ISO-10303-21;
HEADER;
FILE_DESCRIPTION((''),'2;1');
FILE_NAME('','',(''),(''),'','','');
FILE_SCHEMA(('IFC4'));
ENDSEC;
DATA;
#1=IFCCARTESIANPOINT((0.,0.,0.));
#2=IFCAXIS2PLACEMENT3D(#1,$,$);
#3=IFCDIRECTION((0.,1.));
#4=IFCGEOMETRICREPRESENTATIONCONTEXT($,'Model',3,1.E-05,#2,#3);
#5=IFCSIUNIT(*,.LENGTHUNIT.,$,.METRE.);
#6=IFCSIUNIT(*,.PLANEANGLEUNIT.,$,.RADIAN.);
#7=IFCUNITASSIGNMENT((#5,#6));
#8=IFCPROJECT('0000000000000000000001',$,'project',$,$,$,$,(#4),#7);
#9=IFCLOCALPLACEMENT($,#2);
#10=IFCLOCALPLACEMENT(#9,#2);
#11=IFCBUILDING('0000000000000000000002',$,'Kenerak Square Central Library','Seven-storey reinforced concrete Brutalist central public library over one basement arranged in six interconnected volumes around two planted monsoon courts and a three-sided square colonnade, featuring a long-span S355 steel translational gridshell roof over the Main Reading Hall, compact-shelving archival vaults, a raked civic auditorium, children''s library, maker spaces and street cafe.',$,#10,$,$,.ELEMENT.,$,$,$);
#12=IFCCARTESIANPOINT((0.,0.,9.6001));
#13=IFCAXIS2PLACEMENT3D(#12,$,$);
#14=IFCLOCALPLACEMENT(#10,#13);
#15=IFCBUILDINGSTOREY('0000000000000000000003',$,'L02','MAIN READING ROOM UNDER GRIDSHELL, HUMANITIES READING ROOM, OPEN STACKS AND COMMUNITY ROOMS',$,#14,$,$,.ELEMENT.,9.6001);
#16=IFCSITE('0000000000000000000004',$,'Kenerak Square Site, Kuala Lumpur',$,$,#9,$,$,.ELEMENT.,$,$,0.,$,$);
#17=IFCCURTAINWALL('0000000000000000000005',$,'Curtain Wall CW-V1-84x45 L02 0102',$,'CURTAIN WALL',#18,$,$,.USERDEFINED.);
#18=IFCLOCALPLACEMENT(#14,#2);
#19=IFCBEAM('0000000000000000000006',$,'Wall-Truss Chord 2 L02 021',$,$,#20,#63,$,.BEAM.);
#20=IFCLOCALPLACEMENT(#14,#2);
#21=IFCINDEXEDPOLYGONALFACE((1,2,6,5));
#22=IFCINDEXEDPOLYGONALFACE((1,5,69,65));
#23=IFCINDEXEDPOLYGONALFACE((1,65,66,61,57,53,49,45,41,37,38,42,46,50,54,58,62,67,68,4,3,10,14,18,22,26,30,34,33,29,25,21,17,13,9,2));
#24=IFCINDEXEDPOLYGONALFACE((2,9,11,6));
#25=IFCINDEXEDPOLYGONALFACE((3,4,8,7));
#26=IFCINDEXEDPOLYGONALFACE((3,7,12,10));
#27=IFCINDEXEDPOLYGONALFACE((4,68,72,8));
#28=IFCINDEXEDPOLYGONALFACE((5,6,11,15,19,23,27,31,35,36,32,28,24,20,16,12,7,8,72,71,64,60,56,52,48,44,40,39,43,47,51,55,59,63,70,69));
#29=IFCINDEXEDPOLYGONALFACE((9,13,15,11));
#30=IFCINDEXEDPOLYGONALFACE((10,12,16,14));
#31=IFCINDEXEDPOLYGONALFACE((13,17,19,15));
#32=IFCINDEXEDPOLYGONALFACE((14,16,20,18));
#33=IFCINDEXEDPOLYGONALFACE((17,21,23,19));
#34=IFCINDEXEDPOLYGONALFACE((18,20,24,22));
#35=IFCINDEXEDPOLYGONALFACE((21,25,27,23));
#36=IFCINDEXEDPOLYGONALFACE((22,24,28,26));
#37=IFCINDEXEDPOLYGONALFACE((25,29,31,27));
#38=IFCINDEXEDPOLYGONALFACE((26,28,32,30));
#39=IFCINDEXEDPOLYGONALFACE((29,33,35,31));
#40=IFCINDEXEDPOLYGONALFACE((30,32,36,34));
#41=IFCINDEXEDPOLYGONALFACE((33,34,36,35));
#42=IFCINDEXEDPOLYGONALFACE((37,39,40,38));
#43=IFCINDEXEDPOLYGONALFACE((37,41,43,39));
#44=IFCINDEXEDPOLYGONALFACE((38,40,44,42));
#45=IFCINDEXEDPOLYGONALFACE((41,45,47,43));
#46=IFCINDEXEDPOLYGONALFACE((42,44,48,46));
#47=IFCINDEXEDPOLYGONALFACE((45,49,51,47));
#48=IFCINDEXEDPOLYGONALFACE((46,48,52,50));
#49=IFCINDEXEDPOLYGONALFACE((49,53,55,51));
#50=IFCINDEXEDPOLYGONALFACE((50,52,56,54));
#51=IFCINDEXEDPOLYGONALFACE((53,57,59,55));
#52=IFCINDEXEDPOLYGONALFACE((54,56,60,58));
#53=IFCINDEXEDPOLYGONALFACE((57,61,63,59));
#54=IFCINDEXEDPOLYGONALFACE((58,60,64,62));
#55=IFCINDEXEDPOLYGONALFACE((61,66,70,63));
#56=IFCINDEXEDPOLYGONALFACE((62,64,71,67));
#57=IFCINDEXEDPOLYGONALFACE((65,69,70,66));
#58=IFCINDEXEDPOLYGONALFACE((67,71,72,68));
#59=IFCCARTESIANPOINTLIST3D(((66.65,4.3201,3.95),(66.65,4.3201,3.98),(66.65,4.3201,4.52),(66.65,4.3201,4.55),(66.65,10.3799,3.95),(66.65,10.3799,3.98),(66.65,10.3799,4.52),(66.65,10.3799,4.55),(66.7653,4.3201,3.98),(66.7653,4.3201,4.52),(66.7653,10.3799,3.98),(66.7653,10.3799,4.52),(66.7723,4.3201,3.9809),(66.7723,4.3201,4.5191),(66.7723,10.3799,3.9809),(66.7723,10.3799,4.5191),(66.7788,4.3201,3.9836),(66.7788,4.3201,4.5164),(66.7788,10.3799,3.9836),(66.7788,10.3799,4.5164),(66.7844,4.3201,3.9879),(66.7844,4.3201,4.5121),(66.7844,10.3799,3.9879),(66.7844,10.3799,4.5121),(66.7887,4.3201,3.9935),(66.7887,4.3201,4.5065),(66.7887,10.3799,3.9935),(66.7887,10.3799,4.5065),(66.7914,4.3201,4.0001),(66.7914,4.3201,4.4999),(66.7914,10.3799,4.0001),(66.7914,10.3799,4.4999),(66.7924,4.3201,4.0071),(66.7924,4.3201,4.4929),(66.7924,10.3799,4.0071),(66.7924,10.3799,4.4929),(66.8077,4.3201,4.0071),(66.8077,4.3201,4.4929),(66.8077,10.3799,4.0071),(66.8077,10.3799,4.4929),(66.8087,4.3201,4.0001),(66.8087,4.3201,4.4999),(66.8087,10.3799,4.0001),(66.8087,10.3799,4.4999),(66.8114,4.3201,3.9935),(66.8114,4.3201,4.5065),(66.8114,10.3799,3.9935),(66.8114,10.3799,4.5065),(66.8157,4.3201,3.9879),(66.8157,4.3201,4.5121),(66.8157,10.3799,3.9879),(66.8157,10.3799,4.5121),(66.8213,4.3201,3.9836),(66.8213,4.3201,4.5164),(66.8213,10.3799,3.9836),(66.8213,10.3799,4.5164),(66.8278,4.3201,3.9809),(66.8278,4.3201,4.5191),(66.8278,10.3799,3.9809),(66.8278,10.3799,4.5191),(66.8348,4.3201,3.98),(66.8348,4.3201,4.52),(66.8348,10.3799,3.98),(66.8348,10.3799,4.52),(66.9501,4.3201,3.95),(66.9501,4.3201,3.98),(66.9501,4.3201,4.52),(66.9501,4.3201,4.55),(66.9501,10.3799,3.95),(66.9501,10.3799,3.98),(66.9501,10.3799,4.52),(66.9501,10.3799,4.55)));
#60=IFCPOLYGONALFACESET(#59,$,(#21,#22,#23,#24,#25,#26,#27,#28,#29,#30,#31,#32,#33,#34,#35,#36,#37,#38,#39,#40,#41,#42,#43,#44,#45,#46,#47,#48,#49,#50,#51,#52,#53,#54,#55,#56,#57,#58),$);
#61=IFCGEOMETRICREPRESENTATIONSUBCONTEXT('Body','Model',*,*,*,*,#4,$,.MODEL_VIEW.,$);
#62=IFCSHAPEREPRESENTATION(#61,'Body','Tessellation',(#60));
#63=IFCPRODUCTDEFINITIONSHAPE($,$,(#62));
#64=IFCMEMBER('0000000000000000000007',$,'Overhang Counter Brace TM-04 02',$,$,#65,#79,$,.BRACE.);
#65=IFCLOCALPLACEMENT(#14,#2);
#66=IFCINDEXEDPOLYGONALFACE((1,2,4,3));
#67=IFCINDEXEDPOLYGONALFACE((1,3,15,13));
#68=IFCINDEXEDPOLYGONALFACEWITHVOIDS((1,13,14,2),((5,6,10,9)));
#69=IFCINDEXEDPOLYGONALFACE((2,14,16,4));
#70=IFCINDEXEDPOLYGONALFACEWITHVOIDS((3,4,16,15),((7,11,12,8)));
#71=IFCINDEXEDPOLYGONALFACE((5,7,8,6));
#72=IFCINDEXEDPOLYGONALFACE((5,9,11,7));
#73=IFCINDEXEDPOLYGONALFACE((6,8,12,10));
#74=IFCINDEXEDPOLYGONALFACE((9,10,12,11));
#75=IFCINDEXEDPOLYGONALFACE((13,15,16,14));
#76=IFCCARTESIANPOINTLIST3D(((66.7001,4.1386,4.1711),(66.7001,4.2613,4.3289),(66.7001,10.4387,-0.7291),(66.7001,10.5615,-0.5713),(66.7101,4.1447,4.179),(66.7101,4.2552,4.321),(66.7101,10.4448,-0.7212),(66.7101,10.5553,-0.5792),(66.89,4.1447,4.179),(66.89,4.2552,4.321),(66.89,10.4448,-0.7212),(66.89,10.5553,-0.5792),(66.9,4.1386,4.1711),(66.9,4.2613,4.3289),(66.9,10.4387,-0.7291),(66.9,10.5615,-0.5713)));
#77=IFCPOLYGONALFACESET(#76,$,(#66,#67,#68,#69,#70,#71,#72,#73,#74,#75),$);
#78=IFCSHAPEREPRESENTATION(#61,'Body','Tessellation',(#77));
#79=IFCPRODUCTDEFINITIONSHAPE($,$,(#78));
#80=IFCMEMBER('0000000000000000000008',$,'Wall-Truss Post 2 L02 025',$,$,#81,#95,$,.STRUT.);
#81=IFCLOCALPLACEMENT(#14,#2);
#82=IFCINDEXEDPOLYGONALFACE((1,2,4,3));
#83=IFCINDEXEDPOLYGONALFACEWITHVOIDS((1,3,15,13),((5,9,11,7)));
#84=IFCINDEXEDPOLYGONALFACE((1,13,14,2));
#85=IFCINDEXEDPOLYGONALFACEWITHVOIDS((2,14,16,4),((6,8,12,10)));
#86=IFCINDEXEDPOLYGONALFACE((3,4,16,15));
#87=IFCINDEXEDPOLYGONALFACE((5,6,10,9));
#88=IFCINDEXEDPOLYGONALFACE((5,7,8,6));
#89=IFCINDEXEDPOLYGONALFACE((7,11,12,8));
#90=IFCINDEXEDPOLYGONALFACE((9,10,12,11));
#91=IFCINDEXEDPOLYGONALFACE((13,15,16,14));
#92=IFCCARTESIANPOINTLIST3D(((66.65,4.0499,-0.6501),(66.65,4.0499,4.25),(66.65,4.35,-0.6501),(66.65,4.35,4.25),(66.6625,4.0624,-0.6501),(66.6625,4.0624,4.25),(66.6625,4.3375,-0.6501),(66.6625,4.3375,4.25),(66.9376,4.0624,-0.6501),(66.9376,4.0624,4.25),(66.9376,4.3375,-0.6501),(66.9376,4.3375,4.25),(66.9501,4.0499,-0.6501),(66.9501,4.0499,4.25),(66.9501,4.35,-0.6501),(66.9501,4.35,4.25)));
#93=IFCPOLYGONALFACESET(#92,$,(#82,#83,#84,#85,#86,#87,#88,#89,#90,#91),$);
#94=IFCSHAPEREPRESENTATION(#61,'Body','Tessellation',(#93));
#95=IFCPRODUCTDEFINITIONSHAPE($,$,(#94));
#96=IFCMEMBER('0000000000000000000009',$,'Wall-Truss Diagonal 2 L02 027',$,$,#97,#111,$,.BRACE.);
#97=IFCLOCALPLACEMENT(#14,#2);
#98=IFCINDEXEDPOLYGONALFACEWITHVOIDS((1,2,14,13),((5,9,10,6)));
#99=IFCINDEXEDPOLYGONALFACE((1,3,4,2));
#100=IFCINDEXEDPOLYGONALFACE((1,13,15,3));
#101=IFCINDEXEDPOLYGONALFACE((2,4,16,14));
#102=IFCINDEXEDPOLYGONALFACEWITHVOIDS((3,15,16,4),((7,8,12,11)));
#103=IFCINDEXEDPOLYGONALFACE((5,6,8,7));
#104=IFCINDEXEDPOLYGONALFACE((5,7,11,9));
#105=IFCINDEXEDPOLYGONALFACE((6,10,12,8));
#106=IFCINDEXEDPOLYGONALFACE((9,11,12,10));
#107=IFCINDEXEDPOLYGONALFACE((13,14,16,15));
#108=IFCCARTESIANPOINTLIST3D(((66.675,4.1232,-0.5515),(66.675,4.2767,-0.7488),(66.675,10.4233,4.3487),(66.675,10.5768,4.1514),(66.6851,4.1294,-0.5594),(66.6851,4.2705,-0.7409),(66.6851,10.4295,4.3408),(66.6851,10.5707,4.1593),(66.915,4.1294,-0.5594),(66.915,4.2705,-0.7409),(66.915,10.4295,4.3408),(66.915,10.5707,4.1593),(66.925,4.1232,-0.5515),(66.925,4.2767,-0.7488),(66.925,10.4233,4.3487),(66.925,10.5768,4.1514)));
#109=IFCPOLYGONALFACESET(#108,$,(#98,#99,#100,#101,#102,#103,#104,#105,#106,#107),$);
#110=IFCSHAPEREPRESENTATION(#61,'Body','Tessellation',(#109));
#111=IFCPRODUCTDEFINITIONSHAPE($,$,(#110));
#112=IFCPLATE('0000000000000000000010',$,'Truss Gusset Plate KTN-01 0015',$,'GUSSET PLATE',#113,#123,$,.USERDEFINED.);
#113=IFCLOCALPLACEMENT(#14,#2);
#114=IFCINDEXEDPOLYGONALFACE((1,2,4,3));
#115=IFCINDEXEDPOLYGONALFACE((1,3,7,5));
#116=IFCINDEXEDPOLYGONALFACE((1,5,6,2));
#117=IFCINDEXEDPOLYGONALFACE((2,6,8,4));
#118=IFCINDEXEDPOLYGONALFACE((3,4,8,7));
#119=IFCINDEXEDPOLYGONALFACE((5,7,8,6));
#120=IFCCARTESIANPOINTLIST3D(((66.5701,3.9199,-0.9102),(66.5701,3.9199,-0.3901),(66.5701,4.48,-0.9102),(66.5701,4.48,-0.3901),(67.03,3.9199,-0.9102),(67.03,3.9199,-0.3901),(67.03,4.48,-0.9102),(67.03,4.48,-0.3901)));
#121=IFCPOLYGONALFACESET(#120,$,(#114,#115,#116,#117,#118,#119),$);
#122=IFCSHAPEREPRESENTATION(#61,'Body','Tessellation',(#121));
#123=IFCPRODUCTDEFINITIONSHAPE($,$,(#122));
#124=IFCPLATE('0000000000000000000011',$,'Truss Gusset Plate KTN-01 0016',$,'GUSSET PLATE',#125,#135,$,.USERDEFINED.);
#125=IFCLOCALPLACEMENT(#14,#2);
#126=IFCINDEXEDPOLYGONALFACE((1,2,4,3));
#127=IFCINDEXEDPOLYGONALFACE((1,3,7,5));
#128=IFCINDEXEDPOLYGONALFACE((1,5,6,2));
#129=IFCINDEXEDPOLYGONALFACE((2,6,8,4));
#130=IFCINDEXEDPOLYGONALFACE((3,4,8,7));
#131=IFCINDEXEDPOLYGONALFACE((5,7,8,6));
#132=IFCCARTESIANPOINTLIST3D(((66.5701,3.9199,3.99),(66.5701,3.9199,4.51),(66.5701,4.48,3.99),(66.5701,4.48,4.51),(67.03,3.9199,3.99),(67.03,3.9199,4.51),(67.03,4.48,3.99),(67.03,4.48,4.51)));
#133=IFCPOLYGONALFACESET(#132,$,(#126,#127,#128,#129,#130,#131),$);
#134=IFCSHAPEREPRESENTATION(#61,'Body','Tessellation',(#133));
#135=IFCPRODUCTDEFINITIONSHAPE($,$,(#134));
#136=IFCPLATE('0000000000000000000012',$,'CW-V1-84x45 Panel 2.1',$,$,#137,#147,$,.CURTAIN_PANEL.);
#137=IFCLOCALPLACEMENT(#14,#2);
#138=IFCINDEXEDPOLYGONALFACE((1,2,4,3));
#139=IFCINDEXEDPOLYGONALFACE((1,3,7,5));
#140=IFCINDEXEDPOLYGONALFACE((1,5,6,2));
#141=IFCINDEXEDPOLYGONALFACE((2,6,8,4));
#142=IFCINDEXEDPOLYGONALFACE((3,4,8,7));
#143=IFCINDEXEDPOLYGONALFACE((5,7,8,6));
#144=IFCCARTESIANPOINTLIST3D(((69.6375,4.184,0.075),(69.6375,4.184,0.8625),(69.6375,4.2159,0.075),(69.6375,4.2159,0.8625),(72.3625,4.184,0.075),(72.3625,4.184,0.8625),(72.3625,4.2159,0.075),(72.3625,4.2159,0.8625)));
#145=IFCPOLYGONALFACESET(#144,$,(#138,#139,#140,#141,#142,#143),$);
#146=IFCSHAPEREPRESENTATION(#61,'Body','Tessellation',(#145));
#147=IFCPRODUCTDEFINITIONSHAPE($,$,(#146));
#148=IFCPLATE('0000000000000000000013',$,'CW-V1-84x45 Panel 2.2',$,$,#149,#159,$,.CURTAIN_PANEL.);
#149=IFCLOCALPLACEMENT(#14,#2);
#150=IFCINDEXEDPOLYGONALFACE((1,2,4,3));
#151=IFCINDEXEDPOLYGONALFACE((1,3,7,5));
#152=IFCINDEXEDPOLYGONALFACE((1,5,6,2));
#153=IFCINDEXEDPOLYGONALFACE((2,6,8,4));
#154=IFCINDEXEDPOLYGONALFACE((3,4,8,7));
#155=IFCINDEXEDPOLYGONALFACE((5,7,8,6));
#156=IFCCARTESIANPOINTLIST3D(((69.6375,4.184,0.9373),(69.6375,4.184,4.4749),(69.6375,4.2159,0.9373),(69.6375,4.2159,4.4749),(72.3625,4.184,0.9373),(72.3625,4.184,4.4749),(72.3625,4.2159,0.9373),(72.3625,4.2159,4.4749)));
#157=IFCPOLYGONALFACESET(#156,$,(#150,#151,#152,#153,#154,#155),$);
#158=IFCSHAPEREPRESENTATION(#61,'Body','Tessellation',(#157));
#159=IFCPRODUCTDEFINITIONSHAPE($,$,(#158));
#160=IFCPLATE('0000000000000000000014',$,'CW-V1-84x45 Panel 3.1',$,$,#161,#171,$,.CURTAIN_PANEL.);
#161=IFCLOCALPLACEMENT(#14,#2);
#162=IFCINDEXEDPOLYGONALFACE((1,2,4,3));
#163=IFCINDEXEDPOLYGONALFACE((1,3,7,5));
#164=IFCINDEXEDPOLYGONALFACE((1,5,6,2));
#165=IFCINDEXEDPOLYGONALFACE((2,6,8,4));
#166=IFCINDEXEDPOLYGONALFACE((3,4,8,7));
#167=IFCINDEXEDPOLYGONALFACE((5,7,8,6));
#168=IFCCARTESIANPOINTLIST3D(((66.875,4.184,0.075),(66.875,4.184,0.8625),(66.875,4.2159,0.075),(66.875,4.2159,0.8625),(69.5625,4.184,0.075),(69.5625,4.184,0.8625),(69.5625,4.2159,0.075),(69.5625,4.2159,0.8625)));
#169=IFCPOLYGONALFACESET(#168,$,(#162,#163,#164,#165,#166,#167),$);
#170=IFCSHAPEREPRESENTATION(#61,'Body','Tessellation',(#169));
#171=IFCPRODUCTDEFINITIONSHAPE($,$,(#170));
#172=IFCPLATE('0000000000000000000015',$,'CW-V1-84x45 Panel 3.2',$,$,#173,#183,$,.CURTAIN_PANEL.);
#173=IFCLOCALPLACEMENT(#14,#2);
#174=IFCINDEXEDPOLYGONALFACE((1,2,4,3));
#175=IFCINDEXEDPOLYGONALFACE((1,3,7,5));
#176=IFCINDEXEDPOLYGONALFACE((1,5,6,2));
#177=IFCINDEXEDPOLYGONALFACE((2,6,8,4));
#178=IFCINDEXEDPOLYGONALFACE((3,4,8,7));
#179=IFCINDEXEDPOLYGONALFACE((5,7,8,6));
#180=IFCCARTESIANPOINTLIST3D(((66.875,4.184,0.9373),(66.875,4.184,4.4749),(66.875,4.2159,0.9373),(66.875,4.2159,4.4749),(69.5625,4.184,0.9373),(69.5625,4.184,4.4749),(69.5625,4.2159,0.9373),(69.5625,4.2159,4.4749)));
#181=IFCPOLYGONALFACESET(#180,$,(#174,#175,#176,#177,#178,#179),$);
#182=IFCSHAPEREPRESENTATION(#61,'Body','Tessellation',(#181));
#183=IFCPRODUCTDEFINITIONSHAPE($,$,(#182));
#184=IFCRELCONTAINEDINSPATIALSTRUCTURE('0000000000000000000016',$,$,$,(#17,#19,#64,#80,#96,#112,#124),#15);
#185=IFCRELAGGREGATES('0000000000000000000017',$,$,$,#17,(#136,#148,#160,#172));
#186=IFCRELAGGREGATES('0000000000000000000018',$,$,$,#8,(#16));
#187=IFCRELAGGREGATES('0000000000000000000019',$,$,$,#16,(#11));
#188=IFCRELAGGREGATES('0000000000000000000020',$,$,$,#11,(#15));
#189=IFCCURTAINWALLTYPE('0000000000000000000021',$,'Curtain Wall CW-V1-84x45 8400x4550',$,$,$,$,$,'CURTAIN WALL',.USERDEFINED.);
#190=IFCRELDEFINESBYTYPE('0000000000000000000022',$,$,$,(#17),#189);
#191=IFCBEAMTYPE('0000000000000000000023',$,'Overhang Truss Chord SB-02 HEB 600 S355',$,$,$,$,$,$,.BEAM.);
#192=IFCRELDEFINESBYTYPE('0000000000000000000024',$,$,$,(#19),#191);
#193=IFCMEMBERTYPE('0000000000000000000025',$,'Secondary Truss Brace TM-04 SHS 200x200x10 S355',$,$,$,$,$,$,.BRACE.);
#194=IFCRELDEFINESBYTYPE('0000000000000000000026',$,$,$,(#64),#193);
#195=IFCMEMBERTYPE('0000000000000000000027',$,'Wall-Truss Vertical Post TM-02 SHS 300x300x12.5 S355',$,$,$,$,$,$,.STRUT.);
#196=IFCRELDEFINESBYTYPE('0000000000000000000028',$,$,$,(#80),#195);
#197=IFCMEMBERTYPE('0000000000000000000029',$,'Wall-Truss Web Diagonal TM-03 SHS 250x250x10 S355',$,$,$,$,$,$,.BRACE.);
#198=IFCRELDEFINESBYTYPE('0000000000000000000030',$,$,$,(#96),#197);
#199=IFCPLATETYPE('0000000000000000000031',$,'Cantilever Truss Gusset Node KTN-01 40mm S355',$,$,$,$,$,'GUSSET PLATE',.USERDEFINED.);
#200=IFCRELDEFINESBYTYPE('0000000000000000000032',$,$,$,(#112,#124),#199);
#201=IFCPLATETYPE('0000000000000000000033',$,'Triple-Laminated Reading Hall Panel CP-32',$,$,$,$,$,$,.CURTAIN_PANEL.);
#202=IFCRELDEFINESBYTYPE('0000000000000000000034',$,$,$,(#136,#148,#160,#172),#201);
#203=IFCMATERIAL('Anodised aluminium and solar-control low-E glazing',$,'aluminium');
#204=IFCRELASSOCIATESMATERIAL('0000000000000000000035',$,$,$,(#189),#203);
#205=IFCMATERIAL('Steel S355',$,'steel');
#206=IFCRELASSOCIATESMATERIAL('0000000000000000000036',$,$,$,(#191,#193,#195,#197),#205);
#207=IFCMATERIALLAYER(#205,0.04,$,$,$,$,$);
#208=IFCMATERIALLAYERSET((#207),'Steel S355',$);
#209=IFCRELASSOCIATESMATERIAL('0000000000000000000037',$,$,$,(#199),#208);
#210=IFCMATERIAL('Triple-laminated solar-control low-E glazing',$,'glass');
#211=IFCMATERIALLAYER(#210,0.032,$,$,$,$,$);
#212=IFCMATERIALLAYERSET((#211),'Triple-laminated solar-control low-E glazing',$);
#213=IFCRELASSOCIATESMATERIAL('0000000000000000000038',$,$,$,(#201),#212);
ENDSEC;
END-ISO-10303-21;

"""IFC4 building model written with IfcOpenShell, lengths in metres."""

from ifc_helpers import new_model, si_unit, direction, frame, origin, origin_2d, place, context, subcontext, project, spatial, rectangle, hollow_rectangle, i_section, extrude, material, layer, layer_set, material_profile, profile_set, type_object, element, aggregate, save


model = new_model("IFC4")

# Units and contexts
model_context = context("Model", 3, precision=1e-05, world=origin(), true_north=direction((0.0, 1.0)))
body_context = subcontext(model_context, "Body", "Model", "MODEL_VIEW")
ifc_project = project(units=[si_unit("LENGTHUNIT", "METRE"), si_unit("PLANEANGLEUNIT", "RADIAN")], contexts=[model_context])

# Site, building, storey
site_placement = place(None, origin())
site = spatial("IfcSite", under=ifc_project, at=site_placement, Name="Kenerak Square Site, Kuala Lumpur", CompositionType="ELEMENT", RefElevation=0.0)
building_placement = place(site_placement, origin())
building = spatial("IfcBuilding", under=site, at=building_placement, Name="Kenerak Square Central Library", Description="Seven-storey reinforced concrete Brutalist central public library over one basement arranged in six interconnected volumes around two planted monsoon courts and a three-sided square colonnade, featuring a long-span S355 steel translational gridshell roof over the Main Reading Hall, compact-shelving archival vaults, a raked civic auditorium, children's library, maker spaces and street cafe.", CompositionType="ELEMENT")
storey_placement = place(building_placement, frame((0.0, 0.0, 9.6001)))
storey = spatial("IfcBuildingStorey", under=building, at=storey_placement, Name="L02", Description="MAIN READING ROOM UNDER GRIDSHELL, HUMANITIES READING ROOM, OPEN STACKS AND COMMUNITY ROOMS", CompositionType="ELEMENT", Elevation=9.6001)

# Curtain wall
ifc_material_1 = material(Name="Anodised aluminium and solar-control low-E glazing", Category="aluminium")
curtain_wall_type = type_object("IfcCurtainWallType", Name="Curtain Wall CW-V1-84x45 8400x4550", ElementType="CURTAIN WALL", PredefinedType="USERDEFINED", material=ifc_material_1)
curtain_wall_1_placement = place(storey_placement, origin())
curtain_wall_1 = element("IfcCurtainWall", 1, at=curtain_wall_1_placement, inside=storey, type_object=curtain_wall_type, Name="Curtain Wall CW-V1-84x45 L02 0102", ObjectType="CURTAIN WALL", PredefinedType="USERDEFINED")

# Beam
ifc_material_2 = material(Name="Steel S355", Category="steel")
ifc_material_profile_1 = material_profile(ifc_material_2, i_section(OverallWidth=0.3, OverallDepth=0.6001, WebThickness=0.0154, FlangeThickness=0.03, FilletRadius=0.0271, at=origin_2d()), Name="HEB 600")
ifc_profile_set_1 = profile_set([ifc_material_profile_1], Name="Steel S355")
beam_type_1 = type_object("IfcBeamType", Name="Overhang Truss Chord SB-02 HEB 600 S355", PredefinedType="BEAM", material=ifc_profile_set_1)
beam_1_placement = place(storey_placement, frame((66.8, 4.3201, 4.25), z_axis=(0.0, 1.0, 0.0), x_axis=(-1.0, 0.0, 0.0)))
element("IfcBeam", 2, at=beam_1_placement, inside=storey, type_object=beam_type_1, Name="Wall-Truss Chord 2 L02 021", PredefinedType="BEAM", context=body_context, shape_type="SweptSolid", body=[
    extrude(i_section(OverallWidth=0.3, OverallDepth=0.6001, WebThickness=0.0154, FlangeThickness=0.03, FilletRadius=0.0271, at=origin_2d()), origin(), (0.0, 0.0, 1.0), 6.0598),
])

# Members
ifc_material_profile_2 = material_profile(ifc_material_2, hollow_rectangle(XDim=0.2, YDim=0.2, WallThickness=0.01, at=origin_2d()), Name="SHS 200x200x10.0")
ifc_profile_set_2 = profile_set([ifc_material_profile_2], Name="Steel S355")
member_type_1 = type_object("IfcMemberType", Name="Secondary Truss Brace TM-04 SHS 200x200x10 S355", PredefinedType="BRACE", material=ifc_profile_set_2)
member_1_placement = place(storey_placement, frame((66.8, 4.2, 4.25), z_axis=(0.0, 0.789346, -0.613949), x_axis=(-1.0, 0.0, 0.0)))
element("IfcMember", 3, at=member_1_placement, inside=storey, type_object=member_type_1, Name="Overhang Counter Brace TM-04 02", PredefinedType="BRACE", context=body_context, shape_type="SweptSolid", body=[
    extrude(hollow_rectangle(XDim=0.2, YDim=0.2, WallThickness=0.01, at=origin_2d()), origin(), (0.0, 0.0, 1.0), 7.9814),
])
ifc_material_profile_3 = material_profile(ifc_material_2, hollow_rectangle(XDim=0.3, YDim=0.3, WallThickness=0.0125, at=origin_2d()), Name="SHS 300x300x12.5")
ifc_profile_set_3 = profile_set([ifc_material_profile_3], Name="Steel S355")
member_type_2 = type_object("IfcMemberType", Name="Wall-Truss Vertical Post TM-02 SHS 300x300x12.5 S355", PredefinedType="STRUT", material=ifc_profile_set_3)
member_2_placement = place(storey_placement, frame((66.8, 4.2, -0.6501), z_axis=(0.0, 0.0, 1.0), x_axis=(1.0, 0.0, 0.0)))
element("IfcMember", 4, at=member_2_placement, inside=storey, type_object=member_type_2, Name="Wall-Truss Post 2 L02 025", PredefinedType="STRUT", context=body_context, shape_type="SweptSolid", body=[
    extrude(hollow_rectangle(XDim=0.3, YDim=0.3, WallThickness=0.0125, at=origin_2d()), origin(), (0.0, 0.0, 1.0), 4.9001),
])
ifc_material_profile_4 = material_profile(ifc_material_2, hollow_rectangle(XDim=0.25, YDim=0.25, WallThickness=0.01, at=origin_2d()), Name="SHS 250x250x10.0")
ifc_profile_set_4 = profile_set([ifc_material_profile_4], Name="Steel S355")
member_type_3 = type_object("IfcMemberType", Name="Wall-Truss Web Diagonal TM-03 SHS 250x250x10 S355", PredefinedType="BRACE", material=ifc_profile_set_4)
member_3_placement = place(storey_placement, frame((66.8, 4.2, -0.6501), z_axis=(0.0, 0.789346, 0.613949), x_axis=(-1.0, 0.0, 0.0)))
element("IfcMember", 5, at=member_3_placement, inside=storey, type_object=member_type_3, Name="Wall-Truss Diagonal 2 L02 027", PredefinedType="BRACE", context=body_context, shape_type="SweptSolid", body=[
    extrude(hollow_rectangle(XDim=0.25, YDim=0.25, WallThickness=0.01, at=origin_2d()), origin(), (0.0, 0.0, 1.0), 7.9814),
])

# Plates
ifc_layer_1 = layer(ifc_material_2, 0.04)
ifc_layer_set_1 = layer_set([ifc_layer_1], Name="Steel S355")
plate_type_1 = type_object("IfcPlateType", Name="Cantilever Truss Gusset Node KTN-01 40mm S355", ElementType="GUSSET PLATE", PredefinedType="USERDEFINED", material=ifc_layer_set_1)
for number, where, z_axis, x_axis, name in (
    (6, (66.8, 4.2, -0.9102), (0.0, 0.0, 1.0), (1.0, 0.0, 0.0), "Truss Gusset Plate KTN-01 0015"),
    (7, (66.8, 4.2, 3.99), (0.0, 0.0, 1.0), (1.0, 0.0, 0.0), "Truss Gusset Plate KTN-01 0016"),
):
    element("IfcPlate", number, at=place(storey_placement, frame(where, z_axis=z_axis, x_axis=x_axis)), inside=storey, type_object=plate_type_1, Name=name, ObjectType="GUSSET PLATE", PredefinedType="USERDEFINED", context=body_context, shape_type="SweptSolid", body=[
        extrude(rectangle(XDim=0.46, YDim=0.5601, at=origin_2d()), origin(), (0.0, 0.0, 1.0), 0.52),
    ])

# Plates
ifc_material_3 = material(Name="Triple-laminated solar-control low-E glazing", Category="glass")
ifc_layer_2 = layer(ifc_material_3, 0.032)
ifc_layer_set_2 = layer_set([ifc_layer_2], Name="Triple-laminated solar-control low-E glazing")
plate_type_2 = type_object("IfcPlateType", Name="Triple-Laminated Reading Hall Panel CP-32", PredefinedType="CURTAIN_PANEL", material=ifc_layer_set_2)
plate_1_placement = place(storey_placement, frame((71.0, 4.2, 0.075), z_axis=(0.0, 0.0, 1.0), x_axis=(-1.0, 0.0, 0.0)))
plate_1 = element("IfcPlate", 8, at=plate_1_placement, type_object=plate_type_2, Name="CW-V1-84x45 Panel 2.1", PredefinedType="CURTAIN_PANEL", context=body_context, shape_type="SweptSolid", body=[
    extrude(rectangle(XDim=2.7251, YDim=0.032, at=origin_2d()), origin(), (0.0, 0.0, 1.0), 0.7876),
])
plate_2_placement = place(storey_placement, frame((71.0, 4.2, 0.9373), z_axis=(0.0, 0.0, 1.0), x_axis=(-1.0, 0.0, 0.0)))
plate_2 = element("IfcPlate", 9, at=plate_2_placement, type_object=plate_type_2, Name="CW-V1-84x45 Panel 2.2", PredefinedType="CURTAIN_PANEL", context=body_context, shape_type="SweptSolid", body=[
    extrude(rectangle(XDim=2.7251, YDim=0.032, at=origin_2d()), origin(), (0.0, 0.0, 1.0), 3.5376),
])
plate_3_placement = place(storey_placement, frame((68.2188, 4.2, 0.075), z_axis=(0.0, 0.0, 1.0), x_axis=(-1.0, 0.0, 0.0)))
plate_3 = element("IfcPlate", 10, at=plate_3_placement, type_object=plate_type_2, Name="CW-V1-84x45 Panel 3.1", PredefinedType="CURTAIN_PANEL", context=body_context, shape_type="SweptSolid", body=[
    extrude(rectangle(XDim=2.6875, YDim=0.032, at=origin_2d()), origin(), (0.0, 0.0, 1.0), 0.7876),
])
plate_4_placement = place(storey_placement, frame((68.2188, 4.2, 0.9373), z_axis=(0.0, 0.0, 1.0), x_axis=(-1.0, 0.0, 0.0)))
plate_4 = element("IfcPlate", 11, at=plate_4_placement, type_object=plate_type_2, Name="CW-V1-84x45 Panel 3.2", PredefinedType="CURTAIN_PANEL", context=body_context, shape_type="SweptSolid", body=[
    extrude(rectangle(XDim=2.6875, YDim=0.032, at=origin_2d()), origin(), (0.0, 0.0, 1.0), 3.5376),
])
aggregate(curtain_wall_1, [plate_1, plate_2, plate_3, plate_4])

save(model, "model.ifc")
